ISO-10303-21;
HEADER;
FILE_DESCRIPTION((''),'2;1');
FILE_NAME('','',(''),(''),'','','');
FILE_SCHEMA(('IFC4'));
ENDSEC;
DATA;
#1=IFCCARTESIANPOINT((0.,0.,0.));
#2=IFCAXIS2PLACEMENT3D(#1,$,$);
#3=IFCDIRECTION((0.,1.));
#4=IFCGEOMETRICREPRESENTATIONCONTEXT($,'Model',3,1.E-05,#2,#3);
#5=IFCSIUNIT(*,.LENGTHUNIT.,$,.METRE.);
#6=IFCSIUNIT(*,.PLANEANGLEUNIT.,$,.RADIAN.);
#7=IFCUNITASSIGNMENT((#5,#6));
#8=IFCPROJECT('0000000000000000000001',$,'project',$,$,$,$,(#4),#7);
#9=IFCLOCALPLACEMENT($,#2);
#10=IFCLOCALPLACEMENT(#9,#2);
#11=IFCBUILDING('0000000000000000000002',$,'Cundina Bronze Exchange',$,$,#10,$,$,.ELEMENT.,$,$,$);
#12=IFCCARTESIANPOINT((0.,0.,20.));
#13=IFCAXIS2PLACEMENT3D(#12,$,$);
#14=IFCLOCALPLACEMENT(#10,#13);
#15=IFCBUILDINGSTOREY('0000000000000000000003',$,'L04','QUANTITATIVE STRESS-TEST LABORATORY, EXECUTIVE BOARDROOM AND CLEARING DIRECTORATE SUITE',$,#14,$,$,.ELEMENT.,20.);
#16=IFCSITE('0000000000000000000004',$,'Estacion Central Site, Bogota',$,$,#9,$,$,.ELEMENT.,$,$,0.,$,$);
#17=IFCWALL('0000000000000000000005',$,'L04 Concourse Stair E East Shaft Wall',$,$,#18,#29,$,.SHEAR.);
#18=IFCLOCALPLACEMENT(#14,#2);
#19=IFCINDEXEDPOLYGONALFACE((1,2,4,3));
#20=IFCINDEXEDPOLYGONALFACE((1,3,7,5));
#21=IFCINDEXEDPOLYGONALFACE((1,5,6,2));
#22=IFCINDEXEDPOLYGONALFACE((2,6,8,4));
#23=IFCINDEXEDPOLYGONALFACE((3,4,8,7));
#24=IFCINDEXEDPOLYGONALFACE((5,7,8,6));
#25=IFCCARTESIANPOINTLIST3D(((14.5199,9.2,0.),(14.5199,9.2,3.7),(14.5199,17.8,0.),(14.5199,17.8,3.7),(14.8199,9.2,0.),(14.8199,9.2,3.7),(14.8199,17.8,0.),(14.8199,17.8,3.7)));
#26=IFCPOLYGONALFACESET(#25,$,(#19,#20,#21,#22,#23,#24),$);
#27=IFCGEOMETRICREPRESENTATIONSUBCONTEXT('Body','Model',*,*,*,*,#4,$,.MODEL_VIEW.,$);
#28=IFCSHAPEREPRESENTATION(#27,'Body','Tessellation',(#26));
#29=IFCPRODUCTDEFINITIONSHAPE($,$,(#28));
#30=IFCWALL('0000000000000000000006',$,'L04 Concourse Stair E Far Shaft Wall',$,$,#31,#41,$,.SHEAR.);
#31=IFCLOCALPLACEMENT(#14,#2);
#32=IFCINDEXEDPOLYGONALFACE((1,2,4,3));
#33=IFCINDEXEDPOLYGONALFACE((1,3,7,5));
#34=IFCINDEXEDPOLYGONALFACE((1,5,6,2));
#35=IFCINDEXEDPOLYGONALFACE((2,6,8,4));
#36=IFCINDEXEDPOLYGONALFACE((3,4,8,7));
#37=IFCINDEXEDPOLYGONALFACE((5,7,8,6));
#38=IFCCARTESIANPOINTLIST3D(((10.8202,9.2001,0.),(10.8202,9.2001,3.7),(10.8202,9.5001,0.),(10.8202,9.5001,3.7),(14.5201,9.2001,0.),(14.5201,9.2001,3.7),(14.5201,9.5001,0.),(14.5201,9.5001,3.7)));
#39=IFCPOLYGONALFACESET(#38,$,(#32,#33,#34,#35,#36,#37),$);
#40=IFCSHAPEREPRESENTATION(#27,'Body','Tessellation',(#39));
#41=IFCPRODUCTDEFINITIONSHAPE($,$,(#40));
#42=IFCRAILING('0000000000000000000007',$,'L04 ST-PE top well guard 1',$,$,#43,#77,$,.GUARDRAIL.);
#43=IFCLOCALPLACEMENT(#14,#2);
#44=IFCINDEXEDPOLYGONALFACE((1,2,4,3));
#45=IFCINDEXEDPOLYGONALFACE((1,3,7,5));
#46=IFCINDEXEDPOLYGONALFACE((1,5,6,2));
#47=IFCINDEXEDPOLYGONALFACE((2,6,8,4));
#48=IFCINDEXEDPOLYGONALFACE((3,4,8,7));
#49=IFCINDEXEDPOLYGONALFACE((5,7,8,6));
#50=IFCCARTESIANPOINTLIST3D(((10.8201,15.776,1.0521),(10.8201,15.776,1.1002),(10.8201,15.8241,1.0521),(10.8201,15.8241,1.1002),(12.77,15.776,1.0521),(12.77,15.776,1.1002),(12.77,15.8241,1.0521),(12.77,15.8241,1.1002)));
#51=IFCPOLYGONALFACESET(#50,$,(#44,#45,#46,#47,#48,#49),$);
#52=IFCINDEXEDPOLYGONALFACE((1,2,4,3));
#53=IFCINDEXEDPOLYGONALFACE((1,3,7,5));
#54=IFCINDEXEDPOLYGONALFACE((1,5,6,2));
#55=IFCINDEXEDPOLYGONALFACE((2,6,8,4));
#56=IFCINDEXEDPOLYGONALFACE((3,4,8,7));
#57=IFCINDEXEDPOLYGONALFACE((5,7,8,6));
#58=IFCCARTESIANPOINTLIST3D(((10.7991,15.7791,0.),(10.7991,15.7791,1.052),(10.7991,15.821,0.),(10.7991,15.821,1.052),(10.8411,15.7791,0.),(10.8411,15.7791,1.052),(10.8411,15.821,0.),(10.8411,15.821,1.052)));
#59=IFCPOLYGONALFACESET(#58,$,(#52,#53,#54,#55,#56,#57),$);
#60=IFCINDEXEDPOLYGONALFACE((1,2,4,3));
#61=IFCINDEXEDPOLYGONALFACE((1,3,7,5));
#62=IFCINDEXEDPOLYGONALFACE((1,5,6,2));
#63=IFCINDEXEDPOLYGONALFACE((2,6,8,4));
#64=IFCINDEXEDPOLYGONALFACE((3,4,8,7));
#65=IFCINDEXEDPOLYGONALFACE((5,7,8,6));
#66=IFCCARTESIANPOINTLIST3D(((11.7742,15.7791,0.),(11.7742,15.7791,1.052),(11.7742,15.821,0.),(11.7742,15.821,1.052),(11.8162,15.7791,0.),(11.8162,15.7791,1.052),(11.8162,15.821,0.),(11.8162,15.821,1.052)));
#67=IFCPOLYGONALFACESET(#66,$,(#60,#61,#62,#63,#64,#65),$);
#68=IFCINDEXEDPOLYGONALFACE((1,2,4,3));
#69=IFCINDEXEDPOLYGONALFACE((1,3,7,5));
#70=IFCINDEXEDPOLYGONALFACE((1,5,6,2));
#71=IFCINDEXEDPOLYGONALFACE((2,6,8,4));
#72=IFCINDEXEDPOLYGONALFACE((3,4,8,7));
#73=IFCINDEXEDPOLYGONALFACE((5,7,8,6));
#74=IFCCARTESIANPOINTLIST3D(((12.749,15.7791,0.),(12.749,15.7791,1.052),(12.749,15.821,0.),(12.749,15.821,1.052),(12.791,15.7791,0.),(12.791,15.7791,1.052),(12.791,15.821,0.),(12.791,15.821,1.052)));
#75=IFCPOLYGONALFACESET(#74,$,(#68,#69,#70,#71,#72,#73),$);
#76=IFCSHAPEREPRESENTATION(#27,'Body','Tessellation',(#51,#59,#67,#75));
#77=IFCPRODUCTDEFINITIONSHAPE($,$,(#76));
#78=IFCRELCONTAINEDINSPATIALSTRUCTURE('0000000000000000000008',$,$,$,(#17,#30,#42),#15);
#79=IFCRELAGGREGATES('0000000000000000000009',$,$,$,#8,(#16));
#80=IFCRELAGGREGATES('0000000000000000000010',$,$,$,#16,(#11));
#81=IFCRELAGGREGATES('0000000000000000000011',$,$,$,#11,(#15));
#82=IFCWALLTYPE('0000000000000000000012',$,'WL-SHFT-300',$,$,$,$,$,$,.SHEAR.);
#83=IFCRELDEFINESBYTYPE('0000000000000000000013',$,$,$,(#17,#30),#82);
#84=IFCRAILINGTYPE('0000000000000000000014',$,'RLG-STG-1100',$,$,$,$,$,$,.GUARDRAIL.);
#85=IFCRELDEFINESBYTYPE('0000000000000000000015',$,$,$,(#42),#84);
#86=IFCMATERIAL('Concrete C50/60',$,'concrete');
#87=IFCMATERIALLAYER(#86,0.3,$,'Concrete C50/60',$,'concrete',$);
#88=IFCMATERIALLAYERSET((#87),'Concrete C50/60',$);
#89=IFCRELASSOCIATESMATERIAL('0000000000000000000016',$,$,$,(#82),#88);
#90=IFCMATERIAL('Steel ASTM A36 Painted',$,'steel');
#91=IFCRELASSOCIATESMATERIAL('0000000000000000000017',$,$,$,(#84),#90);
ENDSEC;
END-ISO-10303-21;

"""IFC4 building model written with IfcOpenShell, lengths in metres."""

from ifc_helpers import new_model, si_unit, direction, frame, frame_2d, origin, origin_2d, place, context, subcontext, project, spatial, rectangle, extrude, material, layer, layer_set, type_object, element, save


model = new_model("IFC4")

# Units and contexts
model_context = context("Model", 3, precision=1e-05, world=origin(), true_north=direction((0.0, 1.0)))
body_context = subcontext(model_context, "Body", "Model", "MODEL_VIEW")
ifc_project = project(units=[si_unit("LENGTHUNIT", "METRE"), si_unit("PLANEANGLEUNIT", "RADIAN")], contexts=[model_context])

# Site, building, storey
site_placement = place(None, origin())
site = spatial("IfcSite", under=ifc_project, at=site_placement, Name="Estacion Central Site, Bogota", CompositionType="ELEMENT", RefElevation=0.0)
building_placement = place(site_placement, origin())
building = spatial("IfcBuilding", under=site, at=building_placement, Name="Cundina Bronze Exchange", CompositionType="ELEMENT")
storey_placement = place(building_placement, frame((0.0, 0.0, 20.0)))
storey = spatial("IfcBuildingStorey", under=building, at=storey_placement, Name="L04", Description="QUANTITATIVE STRESS-TEST LABORATORY, EXECUTIVE BOARDROOM AND CLEARING DIRECTORATE SUITE", CompositionType="ELEMENT", Elevation=20.0)

# Shared definitions
ifc_material_1 = material(Name="Concrete C50/60", Category="concrete")

# Wall
ifc_layer_1 = layer(ifc_material_1, 0.3, Name="Concrete C50/60", Category="concrete")
ifc_layer_set_1 = layer_set([ifc_layer_1], Name="Concrete C50/60")
wall_type_1 = type_object("IfcWallType", Name="WL-SHFT-300", PredefinedType="SHEAR", material=ifc_layer_set_1)
for number, where, z_axis, x_axis, name in (
    (1, (14.6699, 9.2, 0.0), (0.0, 0.0, 1.0), (0.0, 1.0, 0.0), "L04 Concourse Stair E East Shaft Wall"),
):
    element("IfcWall", number, at=place(storey_placement, frame(where, z_axis=z_axis, x_axis=x_axis)), inside=storey, type_object=wall_type_1, Name=name, PredefinedType="SHEAR", context=body_context, shape_type="SweptSolid", body=[
        extrude(rectangle(XDim=8.6001, YDim=0.3, at=frame_2d((4.3, 0.0))), origin(), (0.0, 0.0, 1.0), 3.7),
    ])

# Shared definitions
ifc_material_2 = material(Name="Steel ASTM A36 Painted", Category="steel")

# Wall
wall_1_placement = place(storey_placement, frame((10.8201, 9.3501, 0.0), z_axis=(0.0, 0.0, 1.0), x_axis=(1.0, 0.0, 0.0)))
element("IfcWall", 2, at=wall_1_placement, inside=storey, type_object=wall_type_1, Name="L04 Concourse Stair E Far Shaft Wall", PredefinedType="SHEAR", context=body_context, shape_type="SweptSolid", body=[
    extrude(rectangle(XDim=3.7, YDim=0.3, at=frame_2d((1.8501, 0.0))), origin(), (0.0, 0.0, 1.0), 3.7),
])

# Railing
railing_type = type_object("IfcRailingType", Name="RLG-STG-1100", PredefinedType="GUARDRAIL", material=ifc_material_2)
railing_placement = place(storey_placement, frame((10.8201, 15.8, 0.0)))
element("IfcRailing", 3, at=railing_placement, inside=storey, type_object=railing_type, Name="L04 ST-PE top well guard 1", PredefinedType="GUARDRAIL", context=body_context, shape_type="SweptSolid", body=[
    extrude(rectangle(XDim=0.0481, YDim=0.0481, at=origin_2d()), frame((0.0, 0.0, 1.0762), z_axis=(1.0, 0.0, 0.0), x_axis=(0.0, 1.0, 0.0)), (0.0, 0.0, 1.0), 1.95),
    extrude(rectangle(XDim=0.042, YDim=0.042, at=origin_2d()), origin(), (0.0, 0.0, 1.0), 1.052),
    extrude(rectangle(XDim=0.042, YDim=0.042, at=origin_2d()), frame((0.9751, 0.0, 0.0)), (0.0, 0.0, 1.0), 1.052),
    extrude(rectangle(XDim=0.042, YDim=0.042, at=origin_2d()), frame((1.95, 0.0, 0.0)), (0.0, 0.0, 1.0), 1.052),
])

save(model, "model.ifc")
